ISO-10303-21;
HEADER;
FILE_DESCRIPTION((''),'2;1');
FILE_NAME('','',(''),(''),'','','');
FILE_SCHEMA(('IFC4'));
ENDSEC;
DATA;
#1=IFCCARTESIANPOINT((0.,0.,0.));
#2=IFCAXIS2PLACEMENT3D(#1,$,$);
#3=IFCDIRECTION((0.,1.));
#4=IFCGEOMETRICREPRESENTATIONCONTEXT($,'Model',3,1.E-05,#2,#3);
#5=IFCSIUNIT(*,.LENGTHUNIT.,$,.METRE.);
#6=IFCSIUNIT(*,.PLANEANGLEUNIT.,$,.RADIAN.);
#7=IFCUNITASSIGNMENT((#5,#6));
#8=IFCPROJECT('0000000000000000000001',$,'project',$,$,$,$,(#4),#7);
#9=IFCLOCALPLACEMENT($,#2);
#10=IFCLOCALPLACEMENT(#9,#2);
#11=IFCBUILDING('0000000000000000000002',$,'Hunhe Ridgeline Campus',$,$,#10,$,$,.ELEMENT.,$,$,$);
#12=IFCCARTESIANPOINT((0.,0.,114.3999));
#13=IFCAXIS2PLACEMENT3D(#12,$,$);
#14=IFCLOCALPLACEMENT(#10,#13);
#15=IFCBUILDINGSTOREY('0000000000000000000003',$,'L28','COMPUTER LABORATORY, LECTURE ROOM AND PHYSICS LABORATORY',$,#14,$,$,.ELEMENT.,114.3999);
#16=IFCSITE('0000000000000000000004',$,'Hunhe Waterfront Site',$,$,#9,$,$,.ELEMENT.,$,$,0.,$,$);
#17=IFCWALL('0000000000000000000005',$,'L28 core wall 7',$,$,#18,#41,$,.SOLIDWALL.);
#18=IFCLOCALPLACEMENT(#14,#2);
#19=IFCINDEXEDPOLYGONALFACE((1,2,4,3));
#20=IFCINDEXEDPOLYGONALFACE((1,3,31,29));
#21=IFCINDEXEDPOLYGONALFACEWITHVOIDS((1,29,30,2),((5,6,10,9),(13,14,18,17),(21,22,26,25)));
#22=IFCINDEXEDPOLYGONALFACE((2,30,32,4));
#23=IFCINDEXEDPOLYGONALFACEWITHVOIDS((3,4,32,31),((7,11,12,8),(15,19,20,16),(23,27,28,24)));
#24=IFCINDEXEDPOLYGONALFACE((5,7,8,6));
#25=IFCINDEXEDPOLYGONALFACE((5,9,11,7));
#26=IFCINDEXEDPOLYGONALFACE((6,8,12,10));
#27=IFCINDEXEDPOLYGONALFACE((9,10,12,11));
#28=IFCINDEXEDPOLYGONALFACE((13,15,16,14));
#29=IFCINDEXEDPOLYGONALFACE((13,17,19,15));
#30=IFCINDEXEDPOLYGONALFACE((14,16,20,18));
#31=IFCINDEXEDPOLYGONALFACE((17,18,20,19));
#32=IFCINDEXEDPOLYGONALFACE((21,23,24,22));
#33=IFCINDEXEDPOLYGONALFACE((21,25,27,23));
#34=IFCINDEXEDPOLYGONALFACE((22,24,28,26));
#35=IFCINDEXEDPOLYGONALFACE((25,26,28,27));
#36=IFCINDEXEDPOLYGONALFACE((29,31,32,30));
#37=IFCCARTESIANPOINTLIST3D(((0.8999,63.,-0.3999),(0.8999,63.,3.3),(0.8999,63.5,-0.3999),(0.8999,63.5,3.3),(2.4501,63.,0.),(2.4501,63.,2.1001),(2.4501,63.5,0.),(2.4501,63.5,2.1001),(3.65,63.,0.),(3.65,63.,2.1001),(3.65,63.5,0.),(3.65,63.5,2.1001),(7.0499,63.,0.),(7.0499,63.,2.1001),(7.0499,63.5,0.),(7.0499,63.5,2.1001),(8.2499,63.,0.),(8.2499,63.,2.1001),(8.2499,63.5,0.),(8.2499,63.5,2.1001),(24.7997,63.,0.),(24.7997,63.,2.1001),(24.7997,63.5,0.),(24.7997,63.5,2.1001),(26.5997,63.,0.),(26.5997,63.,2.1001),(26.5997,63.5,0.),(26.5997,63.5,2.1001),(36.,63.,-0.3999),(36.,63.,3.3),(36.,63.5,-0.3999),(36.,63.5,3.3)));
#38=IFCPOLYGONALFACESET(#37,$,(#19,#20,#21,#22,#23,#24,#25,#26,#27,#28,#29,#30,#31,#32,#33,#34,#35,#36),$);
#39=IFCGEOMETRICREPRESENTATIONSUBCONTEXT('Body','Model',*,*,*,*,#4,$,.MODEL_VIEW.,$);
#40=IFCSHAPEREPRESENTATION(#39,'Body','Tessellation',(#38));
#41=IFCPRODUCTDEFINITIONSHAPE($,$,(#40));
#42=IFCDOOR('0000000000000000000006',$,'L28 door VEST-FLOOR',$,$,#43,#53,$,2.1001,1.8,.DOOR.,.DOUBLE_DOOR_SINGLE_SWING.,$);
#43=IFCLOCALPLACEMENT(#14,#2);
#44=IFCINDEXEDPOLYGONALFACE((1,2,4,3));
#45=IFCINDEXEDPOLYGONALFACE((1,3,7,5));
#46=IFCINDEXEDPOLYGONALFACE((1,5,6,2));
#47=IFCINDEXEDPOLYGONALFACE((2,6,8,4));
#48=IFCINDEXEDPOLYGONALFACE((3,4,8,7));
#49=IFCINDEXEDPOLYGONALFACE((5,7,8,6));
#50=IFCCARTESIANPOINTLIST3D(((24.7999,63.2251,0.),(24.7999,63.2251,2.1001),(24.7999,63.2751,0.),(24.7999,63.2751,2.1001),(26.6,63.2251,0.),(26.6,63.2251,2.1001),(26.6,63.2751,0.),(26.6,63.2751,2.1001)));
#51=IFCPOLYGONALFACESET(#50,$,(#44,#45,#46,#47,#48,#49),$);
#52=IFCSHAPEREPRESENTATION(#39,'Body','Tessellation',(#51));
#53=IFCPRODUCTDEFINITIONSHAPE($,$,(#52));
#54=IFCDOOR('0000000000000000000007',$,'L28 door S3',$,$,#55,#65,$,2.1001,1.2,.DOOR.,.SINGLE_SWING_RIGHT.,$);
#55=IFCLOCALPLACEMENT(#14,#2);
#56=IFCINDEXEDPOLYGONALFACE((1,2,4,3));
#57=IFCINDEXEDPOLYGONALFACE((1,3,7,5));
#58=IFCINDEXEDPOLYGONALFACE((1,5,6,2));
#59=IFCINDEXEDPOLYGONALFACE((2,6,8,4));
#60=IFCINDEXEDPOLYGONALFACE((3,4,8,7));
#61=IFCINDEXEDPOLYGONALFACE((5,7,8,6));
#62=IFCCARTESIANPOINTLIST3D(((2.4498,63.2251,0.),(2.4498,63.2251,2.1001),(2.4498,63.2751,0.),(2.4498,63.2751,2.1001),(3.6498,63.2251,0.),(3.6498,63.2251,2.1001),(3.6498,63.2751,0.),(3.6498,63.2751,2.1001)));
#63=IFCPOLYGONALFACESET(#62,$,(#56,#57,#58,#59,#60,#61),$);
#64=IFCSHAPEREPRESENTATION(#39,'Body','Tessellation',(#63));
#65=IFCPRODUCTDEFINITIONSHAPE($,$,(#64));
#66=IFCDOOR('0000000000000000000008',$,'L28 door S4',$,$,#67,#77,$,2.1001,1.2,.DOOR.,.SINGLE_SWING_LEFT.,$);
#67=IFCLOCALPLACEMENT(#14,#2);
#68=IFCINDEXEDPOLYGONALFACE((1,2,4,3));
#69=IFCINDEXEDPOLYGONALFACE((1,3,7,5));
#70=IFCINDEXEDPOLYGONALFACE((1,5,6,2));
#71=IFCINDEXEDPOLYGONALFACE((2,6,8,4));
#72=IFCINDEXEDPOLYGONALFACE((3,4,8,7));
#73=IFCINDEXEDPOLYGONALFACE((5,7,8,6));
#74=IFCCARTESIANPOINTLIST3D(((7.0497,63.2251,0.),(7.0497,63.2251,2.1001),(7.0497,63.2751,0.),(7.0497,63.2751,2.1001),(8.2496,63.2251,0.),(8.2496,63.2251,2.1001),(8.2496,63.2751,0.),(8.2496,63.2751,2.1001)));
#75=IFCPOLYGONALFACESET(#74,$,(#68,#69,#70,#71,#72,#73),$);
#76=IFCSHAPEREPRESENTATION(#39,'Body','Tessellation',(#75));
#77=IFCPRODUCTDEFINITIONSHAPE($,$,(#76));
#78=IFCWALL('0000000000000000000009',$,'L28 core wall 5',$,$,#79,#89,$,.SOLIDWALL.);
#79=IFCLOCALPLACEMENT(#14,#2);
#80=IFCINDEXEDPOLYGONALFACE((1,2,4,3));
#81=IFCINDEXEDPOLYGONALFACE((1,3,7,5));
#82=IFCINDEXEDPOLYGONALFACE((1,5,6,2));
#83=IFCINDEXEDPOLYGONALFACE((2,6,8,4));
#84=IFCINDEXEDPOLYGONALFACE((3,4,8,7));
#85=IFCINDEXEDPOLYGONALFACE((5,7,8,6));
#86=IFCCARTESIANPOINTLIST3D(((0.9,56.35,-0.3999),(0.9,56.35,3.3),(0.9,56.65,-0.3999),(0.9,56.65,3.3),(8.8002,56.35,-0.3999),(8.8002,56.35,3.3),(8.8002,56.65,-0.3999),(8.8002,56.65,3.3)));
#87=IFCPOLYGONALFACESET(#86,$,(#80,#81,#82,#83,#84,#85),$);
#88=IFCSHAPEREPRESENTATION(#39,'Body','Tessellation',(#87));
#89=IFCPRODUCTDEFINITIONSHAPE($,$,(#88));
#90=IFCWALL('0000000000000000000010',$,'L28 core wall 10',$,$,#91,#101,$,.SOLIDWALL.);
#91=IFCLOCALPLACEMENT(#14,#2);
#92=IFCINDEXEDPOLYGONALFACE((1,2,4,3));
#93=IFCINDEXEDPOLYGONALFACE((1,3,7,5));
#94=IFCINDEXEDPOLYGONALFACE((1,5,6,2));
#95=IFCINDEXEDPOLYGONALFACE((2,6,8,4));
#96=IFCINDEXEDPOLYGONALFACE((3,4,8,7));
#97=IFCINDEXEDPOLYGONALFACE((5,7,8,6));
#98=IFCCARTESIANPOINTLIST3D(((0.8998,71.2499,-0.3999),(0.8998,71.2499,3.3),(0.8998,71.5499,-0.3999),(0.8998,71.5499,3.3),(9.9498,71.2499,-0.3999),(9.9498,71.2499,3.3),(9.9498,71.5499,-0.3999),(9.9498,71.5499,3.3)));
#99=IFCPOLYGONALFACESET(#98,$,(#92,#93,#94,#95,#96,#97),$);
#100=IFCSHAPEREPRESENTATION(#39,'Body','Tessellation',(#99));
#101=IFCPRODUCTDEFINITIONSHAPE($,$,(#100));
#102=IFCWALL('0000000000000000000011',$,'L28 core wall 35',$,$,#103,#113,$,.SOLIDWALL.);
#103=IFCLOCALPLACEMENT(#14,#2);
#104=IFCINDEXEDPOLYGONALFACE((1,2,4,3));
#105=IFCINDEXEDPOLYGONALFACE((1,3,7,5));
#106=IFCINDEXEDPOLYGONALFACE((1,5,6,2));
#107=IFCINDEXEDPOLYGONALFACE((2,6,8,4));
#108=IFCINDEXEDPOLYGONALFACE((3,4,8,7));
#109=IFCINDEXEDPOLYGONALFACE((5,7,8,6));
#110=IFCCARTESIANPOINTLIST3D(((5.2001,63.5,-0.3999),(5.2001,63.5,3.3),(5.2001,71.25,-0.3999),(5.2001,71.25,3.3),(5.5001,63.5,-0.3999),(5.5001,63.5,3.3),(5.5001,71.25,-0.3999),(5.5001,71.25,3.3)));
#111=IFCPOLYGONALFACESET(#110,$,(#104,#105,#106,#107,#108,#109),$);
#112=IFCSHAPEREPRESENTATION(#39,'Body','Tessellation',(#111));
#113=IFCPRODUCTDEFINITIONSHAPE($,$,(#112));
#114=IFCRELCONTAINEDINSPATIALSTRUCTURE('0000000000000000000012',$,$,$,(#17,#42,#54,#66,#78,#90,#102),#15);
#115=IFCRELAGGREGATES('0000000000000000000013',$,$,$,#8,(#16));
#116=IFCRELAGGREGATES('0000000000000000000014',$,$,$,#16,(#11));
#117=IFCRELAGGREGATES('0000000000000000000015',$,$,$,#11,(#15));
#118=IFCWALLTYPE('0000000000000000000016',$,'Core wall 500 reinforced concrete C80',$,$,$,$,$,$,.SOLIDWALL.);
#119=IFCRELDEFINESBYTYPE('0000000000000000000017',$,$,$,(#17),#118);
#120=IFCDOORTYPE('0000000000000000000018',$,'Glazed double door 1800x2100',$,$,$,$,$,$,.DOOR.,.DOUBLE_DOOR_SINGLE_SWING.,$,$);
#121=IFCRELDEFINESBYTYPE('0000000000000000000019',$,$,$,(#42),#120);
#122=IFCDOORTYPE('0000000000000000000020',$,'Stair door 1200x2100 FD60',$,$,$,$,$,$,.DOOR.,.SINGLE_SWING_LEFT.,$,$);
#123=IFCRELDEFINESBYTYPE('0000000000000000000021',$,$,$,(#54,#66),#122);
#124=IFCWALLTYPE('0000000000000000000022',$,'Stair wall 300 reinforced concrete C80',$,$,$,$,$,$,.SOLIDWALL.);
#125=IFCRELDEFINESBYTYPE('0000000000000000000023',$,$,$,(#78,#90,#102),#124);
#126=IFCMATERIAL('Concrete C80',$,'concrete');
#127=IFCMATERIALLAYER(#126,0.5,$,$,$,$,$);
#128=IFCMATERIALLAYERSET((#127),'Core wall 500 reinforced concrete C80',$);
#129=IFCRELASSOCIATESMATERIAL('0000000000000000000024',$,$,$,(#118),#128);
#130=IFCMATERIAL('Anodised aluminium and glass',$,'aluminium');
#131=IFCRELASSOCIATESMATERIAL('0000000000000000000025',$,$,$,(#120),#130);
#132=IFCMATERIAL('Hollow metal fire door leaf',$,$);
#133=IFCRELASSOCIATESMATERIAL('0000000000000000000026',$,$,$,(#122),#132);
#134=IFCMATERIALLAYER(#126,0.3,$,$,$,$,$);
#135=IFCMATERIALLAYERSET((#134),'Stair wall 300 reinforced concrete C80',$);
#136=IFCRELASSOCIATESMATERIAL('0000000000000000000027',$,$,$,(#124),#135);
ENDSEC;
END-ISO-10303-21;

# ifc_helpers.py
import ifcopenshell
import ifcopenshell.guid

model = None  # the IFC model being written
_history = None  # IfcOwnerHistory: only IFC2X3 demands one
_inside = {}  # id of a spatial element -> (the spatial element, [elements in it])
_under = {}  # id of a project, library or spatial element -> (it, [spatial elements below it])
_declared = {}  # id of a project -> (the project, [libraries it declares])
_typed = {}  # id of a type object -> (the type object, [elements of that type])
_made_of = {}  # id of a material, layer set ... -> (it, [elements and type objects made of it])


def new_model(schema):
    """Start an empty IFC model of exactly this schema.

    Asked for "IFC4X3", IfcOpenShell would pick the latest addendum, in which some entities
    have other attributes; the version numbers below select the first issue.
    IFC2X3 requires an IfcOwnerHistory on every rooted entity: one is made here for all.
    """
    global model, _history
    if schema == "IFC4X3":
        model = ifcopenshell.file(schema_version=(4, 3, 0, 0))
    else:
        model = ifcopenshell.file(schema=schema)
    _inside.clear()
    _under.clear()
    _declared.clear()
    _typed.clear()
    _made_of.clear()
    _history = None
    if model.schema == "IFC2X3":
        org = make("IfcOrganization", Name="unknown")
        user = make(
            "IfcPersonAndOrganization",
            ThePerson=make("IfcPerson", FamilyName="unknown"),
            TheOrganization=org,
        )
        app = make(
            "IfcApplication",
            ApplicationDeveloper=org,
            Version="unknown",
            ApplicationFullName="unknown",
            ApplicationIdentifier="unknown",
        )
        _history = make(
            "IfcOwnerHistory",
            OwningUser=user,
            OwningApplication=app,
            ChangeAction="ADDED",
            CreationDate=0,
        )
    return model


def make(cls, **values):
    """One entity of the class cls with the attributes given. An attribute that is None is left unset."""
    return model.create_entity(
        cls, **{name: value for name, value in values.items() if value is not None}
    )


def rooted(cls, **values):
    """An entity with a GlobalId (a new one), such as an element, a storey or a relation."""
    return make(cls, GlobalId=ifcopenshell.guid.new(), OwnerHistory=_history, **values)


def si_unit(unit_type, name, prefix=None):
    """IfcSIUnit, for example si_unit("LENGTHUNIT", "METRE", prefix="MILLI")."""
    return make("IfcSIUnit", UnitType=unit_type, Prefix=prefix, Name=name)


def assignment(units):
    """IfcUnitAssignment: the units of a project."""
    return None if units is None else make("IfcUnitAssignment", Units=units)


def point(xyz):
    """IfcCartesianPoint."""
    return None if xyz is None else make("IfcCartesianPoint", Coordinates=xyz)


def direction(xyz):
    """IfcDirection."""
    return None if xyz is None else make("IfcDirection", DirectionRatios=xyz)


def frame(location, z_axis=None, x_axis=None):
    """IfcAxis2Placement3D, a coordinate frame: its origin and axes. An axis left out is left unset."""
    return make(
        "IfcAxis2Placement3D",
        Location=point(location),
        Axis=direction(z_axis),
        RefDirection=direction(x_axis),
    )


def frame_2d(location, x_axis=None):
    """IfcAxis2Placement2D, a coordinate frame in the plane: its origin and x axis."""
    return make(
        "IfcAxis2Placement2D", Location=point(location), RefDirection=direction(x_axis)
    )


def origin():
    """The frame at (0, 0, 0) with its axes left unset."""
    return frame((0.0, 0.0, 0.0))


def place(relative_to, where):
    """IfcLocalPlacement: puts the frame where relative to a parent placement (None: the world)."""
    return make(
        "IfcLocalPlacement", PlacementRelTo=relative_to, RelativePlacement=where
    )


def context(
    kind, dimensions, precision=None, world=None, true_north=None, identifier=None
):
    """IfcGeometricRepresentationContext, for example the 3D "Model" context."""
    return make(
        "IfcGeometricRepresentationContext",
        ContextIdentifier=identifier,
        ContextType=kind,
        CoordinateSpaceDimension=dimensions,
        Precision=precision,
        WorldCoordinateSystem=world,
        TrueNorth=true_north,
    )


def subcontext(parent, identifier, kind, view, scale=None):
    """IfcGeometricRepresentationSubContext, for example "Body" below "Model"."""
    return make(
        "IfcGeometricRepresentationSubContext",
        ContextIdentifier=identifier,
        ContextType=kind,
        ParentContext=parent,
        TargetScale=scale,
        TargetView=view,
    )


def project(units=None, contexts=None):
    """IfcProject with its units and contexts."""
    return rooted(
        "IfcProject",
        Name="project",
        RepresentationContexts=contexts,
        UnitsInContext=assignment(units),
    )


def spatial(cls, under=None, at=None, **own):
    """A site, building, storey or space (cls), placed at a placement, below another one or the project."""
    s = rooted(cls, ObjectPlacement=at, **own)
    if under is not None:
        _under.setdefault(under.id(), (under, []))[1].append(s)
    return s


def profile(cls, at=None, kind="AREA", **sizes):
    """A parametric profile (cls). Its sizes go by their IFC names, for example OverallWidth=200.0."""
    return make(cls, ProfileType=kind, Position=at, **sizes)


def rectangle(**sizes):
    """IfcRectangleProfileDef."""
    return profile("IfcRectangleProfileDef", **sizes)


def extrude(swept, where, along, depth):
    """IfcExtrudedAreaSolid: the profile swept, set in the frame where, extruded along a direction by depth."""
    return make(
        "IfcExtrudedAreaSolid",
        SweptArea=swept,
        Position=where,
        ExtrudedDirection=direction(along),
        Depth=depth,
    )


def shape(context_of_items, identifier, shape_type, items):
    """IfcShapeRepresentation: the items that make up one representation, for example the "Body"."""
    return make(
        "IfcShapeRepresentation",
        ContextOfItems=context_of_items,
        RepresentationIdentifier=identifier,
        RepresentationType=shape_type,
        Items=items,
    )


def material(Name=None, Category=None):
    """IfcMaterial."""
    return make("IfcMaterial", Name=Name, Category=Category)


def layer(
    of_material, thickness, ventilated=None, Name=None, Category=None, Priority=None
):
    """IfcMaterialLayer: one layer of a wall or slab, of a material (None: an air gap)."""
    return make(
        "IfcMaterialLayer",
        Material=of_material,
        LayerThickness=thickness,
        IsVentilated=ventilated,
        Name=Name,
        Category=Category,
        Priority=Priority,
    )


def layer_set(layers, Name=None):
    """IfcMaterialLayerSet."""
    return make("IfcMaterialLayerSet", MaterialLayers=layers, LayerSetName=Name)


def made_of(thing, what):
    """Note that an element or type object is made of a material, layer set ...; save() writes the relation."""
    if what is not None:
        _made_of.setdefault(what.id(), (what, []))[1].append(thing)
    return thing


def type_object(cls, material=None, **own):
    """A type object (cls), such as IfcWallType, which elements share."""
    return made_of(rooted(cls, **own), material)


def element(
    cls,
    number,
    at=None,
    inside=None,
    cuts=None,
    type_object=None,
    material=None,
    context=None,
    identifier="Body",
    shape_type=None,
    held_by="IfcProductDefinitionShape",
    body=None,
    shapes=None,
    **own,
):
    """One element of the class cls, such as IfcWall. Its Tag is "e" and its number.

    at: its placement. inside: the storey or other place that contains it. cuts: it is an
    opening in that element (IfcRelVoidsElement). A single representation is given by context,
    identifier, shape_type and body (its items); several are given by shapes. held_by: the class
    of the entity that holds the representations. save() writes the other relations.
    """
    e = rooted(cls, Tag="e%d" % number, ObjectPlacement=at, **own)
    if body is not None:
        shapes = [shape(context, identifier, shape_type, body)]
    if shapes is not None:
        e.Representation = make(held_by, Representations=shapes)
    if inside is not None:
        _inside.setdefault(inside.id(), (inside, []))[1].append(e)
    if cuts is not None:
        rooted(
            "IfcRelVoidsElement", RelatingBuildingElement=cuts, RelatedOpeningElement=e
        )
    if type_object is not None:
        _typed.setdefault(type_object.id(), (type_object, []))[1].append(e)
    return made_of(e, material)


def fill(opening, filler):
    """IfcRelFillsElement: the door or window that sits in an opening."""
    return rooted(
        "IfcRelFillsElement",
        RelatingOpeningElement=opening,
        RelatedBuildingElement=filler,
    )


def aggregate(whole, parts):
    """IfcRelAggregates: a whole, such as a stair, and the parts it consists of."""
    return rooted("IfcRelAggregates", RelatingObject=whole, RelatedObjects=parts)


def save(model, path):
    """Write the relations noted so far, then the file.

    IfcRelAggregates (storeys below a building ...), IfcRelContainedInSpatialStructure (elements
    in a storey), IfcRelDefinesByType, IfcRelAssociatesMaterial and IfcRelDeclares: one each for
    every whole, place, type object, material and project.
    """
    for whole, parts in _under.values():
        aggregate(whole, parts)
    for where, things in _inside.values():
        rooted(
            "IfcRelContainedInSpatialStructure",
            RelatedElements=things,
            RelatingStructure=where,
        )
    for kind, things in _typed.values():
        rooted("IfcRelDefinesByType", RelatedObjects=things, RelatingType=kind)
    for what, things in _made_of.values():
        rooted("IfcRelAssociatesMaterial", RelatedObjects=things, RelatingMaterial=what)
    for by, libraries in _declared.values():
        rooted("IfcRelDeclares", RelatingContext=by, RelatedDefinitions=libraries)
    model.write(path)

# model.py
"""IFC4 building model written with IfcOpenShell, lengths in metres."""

from ifc_helpers import new_model, si_unit, direction, frame, frame_2d, origin, place, context, subcontext, project, spatial, rectangle, extrude, material, layer, layer_set, type_object, element, fill, save


model = new_model("IFC4")

# Units and contexts
model_context = context("Model", 3, precision=1e-05, world=origin(), true_north=direction((0.0, 1.0)))
body_context = subcontext(model_context, "Body", "Model", "MODEL_VIEW")
ifc_project = project(units=[si_unit("LENGTHUNIT", "METRE"), si_unit("PLANEANGLEUNIT", "RADIAN")], contexts=[model_context])

# Site, building, storey
site_placement = place(None, origin())
site = spatial("IfcSite", under=ifc_project, at=site_placement, Name="Hunhe Waterfront Site", CompositionType="ELEMENT", RefElevation=0.0)
building_placement = place(site_placement, origin())
building = spatial("IfcBuilding", under=site, at=building_placement, Name="Hunhe Ridgeline Campus", CompositionType="ELEMENT")
storey_placement = place(building_placement, frame((0.0, 0.0, 114.3999)))
storey = spatial("IfcBuildingStorey", under=building, at=storey_placement, Name="L28", Description="COMPUTER LABORATORY, LECTURE ROOM AND PHYSICS LABORATORY", CompositionType="ELEMENT", Elevation=114.3999)

# Wall, openings, doors
ifc_material_1 = material(Name="Concrete C80", Category="concrete")
ifc_layer_1 = layer(ifc_material_1, 0.5)
ifc_layer_set_1 = layer_set([ifc_layer_1], Name="Core wall 500 reinforced concrete C80")
wall_type_1 = type_object("IfcWallType", Name="Core wall 500 reinforced concrete C80", PredefinedType="SOLIDWALL", material=ifc_layer_set_1)
wall_1_placement = place(storey_placement, frame((0.8999, 63.25, -0.3999), z_axis=(0.0, 0.0, 1.0), x_axis=(1.0, 0.0, 0.0)))
wall_1 = element("IfcWall", 1, at=wall_1_placement, inside=storey, type_object=wall_type_1, Name="L28 core wall 7", PredefinedType="SOLIDWALL", context=body_context, shape_type="SweptSolid", body=[
    extrude(rectangle(XDim=35.1001, YDim=0.5, at=frame_2d((17.55, 0.0))), origin(), (0.0, 0.0, 1.0), 3.7),
])
opening_1_placement = place(wall_1_placement, frame((23.8999, 0.0, 0.3999)))
opening_1 = element("IfcOpeningElement", 2, at=opening_1_placement, cuts=wall_1, PredefinedType="OPENING", context=body_context, shape_type="SweptSolid", body=[
    extrude(rectangle(XDim=1.8, YDim=2.1001, at=frame_2d((0.8999, 1.05))), frame((0.0, 0.25, 0.0), z_axis=(0.0, -1.0, 0.0), x_axis=(1.0, 0.0, 0.0)), (0.0, 0.0, 1.0), 0.5),
])
opening_2_placement = place(wall_1_placement, frame((1.55, 0.0, 0.3999)))
opening_2 = element("IfcOpeningElement", 3, at=opening_2_placement, cuts=wall_1, PredefinedType="OPENING", context=body_context, shape_type="SweptSolid", body=[
    extrude(rectangle(XDim=1.2, YDim=2.1001, at=frame_2d((0.6001, 1.05))), frame((0.0, 0.25, 0.0), z_axis=(0.0, -1.0, 0.0), x_axis=(1.0, 0.0, 0.0)), (0.0, 0.0, 1.0), 0.5),
])
opening_3_placement = place(wall_1_placement, frame((6.1499, 0.0, 0.3999)))
opening_3 = element("IfcOpeningElement", 4, at=opening_3_placement, cuts=wall_1, PredefinedType="OPENING", context=body_context, shape_type="SweptSolid", body=[
    extrude(rectangle(XDim=1.2, YDim=2.1001, at=frame_2d((0.6001, 1.05))), frame((0.0, 0.25, 0.0), z_axis=(0.0, -1.0, 0.0), x_axis=(1.0, 0.0, 0.0)), (0.0, 0.0, 1.0), 0.5),
])
ifc_material_2 = material(Name="Anodised aluminium and glass", Category="aluminium")
door_type_1 = type_object("IfcDoorType", Name="Glazed double door 1800x2100", OperationType="DOUBLE_DOOR_SINGLE_SWING", PredefinedType="DOOR", material=ifc_material_2)
door_1_placement = place(opening_1_placement, frame((1.8, 0.0, 0.0), z_axis=(0.0, 0.0, 1.0), x_axis=(-1.0, 0.0, 0.0)))
door_1 = element("IfcDoor", 5, at=door_1_placement, inside=storey, type_object=door_type_1, Name="L28 door VEST-FLOOR", OperationType="DOUBLE_DOOR_SINGLE_SWING", OverallHeight=2.1001, OverallWidth=1.8, PredefinedType="DOOR", context=body_context, shape_type="SweptSolid", body=[
    extrude(rectangle(XDim=1.8, YDim=2.1001, at=frame_2d((0.8999, 1.05))), frame((0.0, 0.0249, 0.0), z_axis=(0.0, -1.0, 0.0), x_axis=(1.0, 0.0, 0.0)), (0.0, 0.0, 1.0), 0.05),
])
fill(opening_1, door_1)
ifc_material_3 = material(Name="Hollow metal fire door leaf")
door_type_2 = type_object("IfcDoorType", Name="Stair door 1200x2100 FD60", OperationType="SINGLE_SWING_LEFT", PredefinedType="DOOR", material=ifc_material_3)
door_2_placement = place(opening_2_placement, frame((1.2, 0.0, 0.0), z_axis=(0.0, 0.0, 1.0), x_axis=(-1.0, 0.0, 0.0)))
door_2 = element("IfcDoor", 6, at=door_2_placement, inside=storey, type_object=door_type_2, Name="L28 door S3", OperationType="SINGLE_SWING_RIGHT", OverallHeight=2.1001, OverallWidth=1.2, PredefinedType="DOOR", context=body_context, shape_type="SweptSolid", body=[
    extrude(rectangle(XDim=1.2, YDim=2.1001, at=frame_2d((0.6001, 1.05))), frame((0.0, 0.0249, 0.0), z_axis=(0.0, -1.0, 0.0), x_axis=(1.0, 0.0, 0.0)), (0.0, 0.0, 1.0), 0.05),
])
fill(opening_2, door_2)
door_3_placement = place(opening_3_placement, frame((1.2, 0.0, 0.0), z_axis=(0.0, 0.0, 1.0), x_axis=(-1.0, 0.0, 0.0)))
door_3 = element("IfcDoor", 7, at=door_3_placement, inside=storey, type_object=door_type_2, Name="L28 door S4", OperationType="SINGLE_SWING_LEFT", OverallHeight=2.1001, OverallWidth=1.2, PredefinedType="DOOR", context=body_context, shape_type="SweptSolid", body=[
    extrude(rectangle(XDim=1.2, YDim=2.1001, at=frame_2d((0.6001, 1.05))), frame((0.0, 0.0249, 0.0), z_axis=(0.0, -1.0, 0.0), x_axis=(1.0, 0.0, 0.0)), (0.0, 0.0, 1.0), 0.05),
])
fill(opening_3, door_3)

# Wall
ifc_layer_2 = layer(ifc_material_1, 0.3)
ifc_layer_set_2 = layer_set([ifc_layer_2], Name="Stair wall 300 reinforced concrete C80")
wall_type_2 = type_object("IfcWallType", Name="Stair wall 300 reinforced concrete C80", PredefinedType="SOLIDWALL", material=ifc_layer_set_2)
wall_2_placement = place(storey_placement, frame((0.8999, 56.5, -0.3999), z_axis=(0.0, 0.0, 1.0), x_axis=(1.0, 0.0, 0.0)))
element("IfcWall", 8, at=wall_2_placement, inside=storey, type_object=wall_type_2, Name="L28 core wall 5", PredefinedType="SOLIDWALL", context=body_context, shape_type="SweptSolid", body=[
    extrude(rectangle(XDim=7.9001, YDim=0.3, at=frame_2d((3.9502, 0.0))), origin(), (0.0, 0.0, 1.0), 3.7),
])

# Walls
wall_3_placement = place(storey_placement, frame((0.8999, 71.3999, -0.3999), z_axis=(0.0, 0.0, 1.0), x_axis=(1.0, 0.0, 0.0)))
element("IfcWall", 9, at=wall_3_placement, inside=storey, type_object=wall_type_2, Name="L28 core wall 10", PredefinedType="SOLIDWALL", context=body_context, shape_type="SweptSolid", body=[
    extrude(rectangle(XDim=9.05, YDim=0.3, at=frame_2d((4.5249, 0.0))), origin(), (0.0, 0.0, 1.0), 3.7),
])
wall_4_placement = place(storey_placement, frame((5.3501, 63.5, -0.3999), z_axis=(0.0, 0.0, 1.0), x_axis=(0.0, 1.0, 0.0)))
element("IfcWall", 10, at=wall_4_placement, inside=storey, type_object=wall_type_2, Name="L28 core wall 35", PredefinedType="SOLIDWALL", context=body_context, shape_type="SweptSolid", body=[
    extrude(rectangle(XDim=7.75, YDim=0.3, at=frame_2d((3.875, 0.0))), origin(), (0.0, 0.0, 1.0), 3.7),
])

save(model, "model.ifc")
